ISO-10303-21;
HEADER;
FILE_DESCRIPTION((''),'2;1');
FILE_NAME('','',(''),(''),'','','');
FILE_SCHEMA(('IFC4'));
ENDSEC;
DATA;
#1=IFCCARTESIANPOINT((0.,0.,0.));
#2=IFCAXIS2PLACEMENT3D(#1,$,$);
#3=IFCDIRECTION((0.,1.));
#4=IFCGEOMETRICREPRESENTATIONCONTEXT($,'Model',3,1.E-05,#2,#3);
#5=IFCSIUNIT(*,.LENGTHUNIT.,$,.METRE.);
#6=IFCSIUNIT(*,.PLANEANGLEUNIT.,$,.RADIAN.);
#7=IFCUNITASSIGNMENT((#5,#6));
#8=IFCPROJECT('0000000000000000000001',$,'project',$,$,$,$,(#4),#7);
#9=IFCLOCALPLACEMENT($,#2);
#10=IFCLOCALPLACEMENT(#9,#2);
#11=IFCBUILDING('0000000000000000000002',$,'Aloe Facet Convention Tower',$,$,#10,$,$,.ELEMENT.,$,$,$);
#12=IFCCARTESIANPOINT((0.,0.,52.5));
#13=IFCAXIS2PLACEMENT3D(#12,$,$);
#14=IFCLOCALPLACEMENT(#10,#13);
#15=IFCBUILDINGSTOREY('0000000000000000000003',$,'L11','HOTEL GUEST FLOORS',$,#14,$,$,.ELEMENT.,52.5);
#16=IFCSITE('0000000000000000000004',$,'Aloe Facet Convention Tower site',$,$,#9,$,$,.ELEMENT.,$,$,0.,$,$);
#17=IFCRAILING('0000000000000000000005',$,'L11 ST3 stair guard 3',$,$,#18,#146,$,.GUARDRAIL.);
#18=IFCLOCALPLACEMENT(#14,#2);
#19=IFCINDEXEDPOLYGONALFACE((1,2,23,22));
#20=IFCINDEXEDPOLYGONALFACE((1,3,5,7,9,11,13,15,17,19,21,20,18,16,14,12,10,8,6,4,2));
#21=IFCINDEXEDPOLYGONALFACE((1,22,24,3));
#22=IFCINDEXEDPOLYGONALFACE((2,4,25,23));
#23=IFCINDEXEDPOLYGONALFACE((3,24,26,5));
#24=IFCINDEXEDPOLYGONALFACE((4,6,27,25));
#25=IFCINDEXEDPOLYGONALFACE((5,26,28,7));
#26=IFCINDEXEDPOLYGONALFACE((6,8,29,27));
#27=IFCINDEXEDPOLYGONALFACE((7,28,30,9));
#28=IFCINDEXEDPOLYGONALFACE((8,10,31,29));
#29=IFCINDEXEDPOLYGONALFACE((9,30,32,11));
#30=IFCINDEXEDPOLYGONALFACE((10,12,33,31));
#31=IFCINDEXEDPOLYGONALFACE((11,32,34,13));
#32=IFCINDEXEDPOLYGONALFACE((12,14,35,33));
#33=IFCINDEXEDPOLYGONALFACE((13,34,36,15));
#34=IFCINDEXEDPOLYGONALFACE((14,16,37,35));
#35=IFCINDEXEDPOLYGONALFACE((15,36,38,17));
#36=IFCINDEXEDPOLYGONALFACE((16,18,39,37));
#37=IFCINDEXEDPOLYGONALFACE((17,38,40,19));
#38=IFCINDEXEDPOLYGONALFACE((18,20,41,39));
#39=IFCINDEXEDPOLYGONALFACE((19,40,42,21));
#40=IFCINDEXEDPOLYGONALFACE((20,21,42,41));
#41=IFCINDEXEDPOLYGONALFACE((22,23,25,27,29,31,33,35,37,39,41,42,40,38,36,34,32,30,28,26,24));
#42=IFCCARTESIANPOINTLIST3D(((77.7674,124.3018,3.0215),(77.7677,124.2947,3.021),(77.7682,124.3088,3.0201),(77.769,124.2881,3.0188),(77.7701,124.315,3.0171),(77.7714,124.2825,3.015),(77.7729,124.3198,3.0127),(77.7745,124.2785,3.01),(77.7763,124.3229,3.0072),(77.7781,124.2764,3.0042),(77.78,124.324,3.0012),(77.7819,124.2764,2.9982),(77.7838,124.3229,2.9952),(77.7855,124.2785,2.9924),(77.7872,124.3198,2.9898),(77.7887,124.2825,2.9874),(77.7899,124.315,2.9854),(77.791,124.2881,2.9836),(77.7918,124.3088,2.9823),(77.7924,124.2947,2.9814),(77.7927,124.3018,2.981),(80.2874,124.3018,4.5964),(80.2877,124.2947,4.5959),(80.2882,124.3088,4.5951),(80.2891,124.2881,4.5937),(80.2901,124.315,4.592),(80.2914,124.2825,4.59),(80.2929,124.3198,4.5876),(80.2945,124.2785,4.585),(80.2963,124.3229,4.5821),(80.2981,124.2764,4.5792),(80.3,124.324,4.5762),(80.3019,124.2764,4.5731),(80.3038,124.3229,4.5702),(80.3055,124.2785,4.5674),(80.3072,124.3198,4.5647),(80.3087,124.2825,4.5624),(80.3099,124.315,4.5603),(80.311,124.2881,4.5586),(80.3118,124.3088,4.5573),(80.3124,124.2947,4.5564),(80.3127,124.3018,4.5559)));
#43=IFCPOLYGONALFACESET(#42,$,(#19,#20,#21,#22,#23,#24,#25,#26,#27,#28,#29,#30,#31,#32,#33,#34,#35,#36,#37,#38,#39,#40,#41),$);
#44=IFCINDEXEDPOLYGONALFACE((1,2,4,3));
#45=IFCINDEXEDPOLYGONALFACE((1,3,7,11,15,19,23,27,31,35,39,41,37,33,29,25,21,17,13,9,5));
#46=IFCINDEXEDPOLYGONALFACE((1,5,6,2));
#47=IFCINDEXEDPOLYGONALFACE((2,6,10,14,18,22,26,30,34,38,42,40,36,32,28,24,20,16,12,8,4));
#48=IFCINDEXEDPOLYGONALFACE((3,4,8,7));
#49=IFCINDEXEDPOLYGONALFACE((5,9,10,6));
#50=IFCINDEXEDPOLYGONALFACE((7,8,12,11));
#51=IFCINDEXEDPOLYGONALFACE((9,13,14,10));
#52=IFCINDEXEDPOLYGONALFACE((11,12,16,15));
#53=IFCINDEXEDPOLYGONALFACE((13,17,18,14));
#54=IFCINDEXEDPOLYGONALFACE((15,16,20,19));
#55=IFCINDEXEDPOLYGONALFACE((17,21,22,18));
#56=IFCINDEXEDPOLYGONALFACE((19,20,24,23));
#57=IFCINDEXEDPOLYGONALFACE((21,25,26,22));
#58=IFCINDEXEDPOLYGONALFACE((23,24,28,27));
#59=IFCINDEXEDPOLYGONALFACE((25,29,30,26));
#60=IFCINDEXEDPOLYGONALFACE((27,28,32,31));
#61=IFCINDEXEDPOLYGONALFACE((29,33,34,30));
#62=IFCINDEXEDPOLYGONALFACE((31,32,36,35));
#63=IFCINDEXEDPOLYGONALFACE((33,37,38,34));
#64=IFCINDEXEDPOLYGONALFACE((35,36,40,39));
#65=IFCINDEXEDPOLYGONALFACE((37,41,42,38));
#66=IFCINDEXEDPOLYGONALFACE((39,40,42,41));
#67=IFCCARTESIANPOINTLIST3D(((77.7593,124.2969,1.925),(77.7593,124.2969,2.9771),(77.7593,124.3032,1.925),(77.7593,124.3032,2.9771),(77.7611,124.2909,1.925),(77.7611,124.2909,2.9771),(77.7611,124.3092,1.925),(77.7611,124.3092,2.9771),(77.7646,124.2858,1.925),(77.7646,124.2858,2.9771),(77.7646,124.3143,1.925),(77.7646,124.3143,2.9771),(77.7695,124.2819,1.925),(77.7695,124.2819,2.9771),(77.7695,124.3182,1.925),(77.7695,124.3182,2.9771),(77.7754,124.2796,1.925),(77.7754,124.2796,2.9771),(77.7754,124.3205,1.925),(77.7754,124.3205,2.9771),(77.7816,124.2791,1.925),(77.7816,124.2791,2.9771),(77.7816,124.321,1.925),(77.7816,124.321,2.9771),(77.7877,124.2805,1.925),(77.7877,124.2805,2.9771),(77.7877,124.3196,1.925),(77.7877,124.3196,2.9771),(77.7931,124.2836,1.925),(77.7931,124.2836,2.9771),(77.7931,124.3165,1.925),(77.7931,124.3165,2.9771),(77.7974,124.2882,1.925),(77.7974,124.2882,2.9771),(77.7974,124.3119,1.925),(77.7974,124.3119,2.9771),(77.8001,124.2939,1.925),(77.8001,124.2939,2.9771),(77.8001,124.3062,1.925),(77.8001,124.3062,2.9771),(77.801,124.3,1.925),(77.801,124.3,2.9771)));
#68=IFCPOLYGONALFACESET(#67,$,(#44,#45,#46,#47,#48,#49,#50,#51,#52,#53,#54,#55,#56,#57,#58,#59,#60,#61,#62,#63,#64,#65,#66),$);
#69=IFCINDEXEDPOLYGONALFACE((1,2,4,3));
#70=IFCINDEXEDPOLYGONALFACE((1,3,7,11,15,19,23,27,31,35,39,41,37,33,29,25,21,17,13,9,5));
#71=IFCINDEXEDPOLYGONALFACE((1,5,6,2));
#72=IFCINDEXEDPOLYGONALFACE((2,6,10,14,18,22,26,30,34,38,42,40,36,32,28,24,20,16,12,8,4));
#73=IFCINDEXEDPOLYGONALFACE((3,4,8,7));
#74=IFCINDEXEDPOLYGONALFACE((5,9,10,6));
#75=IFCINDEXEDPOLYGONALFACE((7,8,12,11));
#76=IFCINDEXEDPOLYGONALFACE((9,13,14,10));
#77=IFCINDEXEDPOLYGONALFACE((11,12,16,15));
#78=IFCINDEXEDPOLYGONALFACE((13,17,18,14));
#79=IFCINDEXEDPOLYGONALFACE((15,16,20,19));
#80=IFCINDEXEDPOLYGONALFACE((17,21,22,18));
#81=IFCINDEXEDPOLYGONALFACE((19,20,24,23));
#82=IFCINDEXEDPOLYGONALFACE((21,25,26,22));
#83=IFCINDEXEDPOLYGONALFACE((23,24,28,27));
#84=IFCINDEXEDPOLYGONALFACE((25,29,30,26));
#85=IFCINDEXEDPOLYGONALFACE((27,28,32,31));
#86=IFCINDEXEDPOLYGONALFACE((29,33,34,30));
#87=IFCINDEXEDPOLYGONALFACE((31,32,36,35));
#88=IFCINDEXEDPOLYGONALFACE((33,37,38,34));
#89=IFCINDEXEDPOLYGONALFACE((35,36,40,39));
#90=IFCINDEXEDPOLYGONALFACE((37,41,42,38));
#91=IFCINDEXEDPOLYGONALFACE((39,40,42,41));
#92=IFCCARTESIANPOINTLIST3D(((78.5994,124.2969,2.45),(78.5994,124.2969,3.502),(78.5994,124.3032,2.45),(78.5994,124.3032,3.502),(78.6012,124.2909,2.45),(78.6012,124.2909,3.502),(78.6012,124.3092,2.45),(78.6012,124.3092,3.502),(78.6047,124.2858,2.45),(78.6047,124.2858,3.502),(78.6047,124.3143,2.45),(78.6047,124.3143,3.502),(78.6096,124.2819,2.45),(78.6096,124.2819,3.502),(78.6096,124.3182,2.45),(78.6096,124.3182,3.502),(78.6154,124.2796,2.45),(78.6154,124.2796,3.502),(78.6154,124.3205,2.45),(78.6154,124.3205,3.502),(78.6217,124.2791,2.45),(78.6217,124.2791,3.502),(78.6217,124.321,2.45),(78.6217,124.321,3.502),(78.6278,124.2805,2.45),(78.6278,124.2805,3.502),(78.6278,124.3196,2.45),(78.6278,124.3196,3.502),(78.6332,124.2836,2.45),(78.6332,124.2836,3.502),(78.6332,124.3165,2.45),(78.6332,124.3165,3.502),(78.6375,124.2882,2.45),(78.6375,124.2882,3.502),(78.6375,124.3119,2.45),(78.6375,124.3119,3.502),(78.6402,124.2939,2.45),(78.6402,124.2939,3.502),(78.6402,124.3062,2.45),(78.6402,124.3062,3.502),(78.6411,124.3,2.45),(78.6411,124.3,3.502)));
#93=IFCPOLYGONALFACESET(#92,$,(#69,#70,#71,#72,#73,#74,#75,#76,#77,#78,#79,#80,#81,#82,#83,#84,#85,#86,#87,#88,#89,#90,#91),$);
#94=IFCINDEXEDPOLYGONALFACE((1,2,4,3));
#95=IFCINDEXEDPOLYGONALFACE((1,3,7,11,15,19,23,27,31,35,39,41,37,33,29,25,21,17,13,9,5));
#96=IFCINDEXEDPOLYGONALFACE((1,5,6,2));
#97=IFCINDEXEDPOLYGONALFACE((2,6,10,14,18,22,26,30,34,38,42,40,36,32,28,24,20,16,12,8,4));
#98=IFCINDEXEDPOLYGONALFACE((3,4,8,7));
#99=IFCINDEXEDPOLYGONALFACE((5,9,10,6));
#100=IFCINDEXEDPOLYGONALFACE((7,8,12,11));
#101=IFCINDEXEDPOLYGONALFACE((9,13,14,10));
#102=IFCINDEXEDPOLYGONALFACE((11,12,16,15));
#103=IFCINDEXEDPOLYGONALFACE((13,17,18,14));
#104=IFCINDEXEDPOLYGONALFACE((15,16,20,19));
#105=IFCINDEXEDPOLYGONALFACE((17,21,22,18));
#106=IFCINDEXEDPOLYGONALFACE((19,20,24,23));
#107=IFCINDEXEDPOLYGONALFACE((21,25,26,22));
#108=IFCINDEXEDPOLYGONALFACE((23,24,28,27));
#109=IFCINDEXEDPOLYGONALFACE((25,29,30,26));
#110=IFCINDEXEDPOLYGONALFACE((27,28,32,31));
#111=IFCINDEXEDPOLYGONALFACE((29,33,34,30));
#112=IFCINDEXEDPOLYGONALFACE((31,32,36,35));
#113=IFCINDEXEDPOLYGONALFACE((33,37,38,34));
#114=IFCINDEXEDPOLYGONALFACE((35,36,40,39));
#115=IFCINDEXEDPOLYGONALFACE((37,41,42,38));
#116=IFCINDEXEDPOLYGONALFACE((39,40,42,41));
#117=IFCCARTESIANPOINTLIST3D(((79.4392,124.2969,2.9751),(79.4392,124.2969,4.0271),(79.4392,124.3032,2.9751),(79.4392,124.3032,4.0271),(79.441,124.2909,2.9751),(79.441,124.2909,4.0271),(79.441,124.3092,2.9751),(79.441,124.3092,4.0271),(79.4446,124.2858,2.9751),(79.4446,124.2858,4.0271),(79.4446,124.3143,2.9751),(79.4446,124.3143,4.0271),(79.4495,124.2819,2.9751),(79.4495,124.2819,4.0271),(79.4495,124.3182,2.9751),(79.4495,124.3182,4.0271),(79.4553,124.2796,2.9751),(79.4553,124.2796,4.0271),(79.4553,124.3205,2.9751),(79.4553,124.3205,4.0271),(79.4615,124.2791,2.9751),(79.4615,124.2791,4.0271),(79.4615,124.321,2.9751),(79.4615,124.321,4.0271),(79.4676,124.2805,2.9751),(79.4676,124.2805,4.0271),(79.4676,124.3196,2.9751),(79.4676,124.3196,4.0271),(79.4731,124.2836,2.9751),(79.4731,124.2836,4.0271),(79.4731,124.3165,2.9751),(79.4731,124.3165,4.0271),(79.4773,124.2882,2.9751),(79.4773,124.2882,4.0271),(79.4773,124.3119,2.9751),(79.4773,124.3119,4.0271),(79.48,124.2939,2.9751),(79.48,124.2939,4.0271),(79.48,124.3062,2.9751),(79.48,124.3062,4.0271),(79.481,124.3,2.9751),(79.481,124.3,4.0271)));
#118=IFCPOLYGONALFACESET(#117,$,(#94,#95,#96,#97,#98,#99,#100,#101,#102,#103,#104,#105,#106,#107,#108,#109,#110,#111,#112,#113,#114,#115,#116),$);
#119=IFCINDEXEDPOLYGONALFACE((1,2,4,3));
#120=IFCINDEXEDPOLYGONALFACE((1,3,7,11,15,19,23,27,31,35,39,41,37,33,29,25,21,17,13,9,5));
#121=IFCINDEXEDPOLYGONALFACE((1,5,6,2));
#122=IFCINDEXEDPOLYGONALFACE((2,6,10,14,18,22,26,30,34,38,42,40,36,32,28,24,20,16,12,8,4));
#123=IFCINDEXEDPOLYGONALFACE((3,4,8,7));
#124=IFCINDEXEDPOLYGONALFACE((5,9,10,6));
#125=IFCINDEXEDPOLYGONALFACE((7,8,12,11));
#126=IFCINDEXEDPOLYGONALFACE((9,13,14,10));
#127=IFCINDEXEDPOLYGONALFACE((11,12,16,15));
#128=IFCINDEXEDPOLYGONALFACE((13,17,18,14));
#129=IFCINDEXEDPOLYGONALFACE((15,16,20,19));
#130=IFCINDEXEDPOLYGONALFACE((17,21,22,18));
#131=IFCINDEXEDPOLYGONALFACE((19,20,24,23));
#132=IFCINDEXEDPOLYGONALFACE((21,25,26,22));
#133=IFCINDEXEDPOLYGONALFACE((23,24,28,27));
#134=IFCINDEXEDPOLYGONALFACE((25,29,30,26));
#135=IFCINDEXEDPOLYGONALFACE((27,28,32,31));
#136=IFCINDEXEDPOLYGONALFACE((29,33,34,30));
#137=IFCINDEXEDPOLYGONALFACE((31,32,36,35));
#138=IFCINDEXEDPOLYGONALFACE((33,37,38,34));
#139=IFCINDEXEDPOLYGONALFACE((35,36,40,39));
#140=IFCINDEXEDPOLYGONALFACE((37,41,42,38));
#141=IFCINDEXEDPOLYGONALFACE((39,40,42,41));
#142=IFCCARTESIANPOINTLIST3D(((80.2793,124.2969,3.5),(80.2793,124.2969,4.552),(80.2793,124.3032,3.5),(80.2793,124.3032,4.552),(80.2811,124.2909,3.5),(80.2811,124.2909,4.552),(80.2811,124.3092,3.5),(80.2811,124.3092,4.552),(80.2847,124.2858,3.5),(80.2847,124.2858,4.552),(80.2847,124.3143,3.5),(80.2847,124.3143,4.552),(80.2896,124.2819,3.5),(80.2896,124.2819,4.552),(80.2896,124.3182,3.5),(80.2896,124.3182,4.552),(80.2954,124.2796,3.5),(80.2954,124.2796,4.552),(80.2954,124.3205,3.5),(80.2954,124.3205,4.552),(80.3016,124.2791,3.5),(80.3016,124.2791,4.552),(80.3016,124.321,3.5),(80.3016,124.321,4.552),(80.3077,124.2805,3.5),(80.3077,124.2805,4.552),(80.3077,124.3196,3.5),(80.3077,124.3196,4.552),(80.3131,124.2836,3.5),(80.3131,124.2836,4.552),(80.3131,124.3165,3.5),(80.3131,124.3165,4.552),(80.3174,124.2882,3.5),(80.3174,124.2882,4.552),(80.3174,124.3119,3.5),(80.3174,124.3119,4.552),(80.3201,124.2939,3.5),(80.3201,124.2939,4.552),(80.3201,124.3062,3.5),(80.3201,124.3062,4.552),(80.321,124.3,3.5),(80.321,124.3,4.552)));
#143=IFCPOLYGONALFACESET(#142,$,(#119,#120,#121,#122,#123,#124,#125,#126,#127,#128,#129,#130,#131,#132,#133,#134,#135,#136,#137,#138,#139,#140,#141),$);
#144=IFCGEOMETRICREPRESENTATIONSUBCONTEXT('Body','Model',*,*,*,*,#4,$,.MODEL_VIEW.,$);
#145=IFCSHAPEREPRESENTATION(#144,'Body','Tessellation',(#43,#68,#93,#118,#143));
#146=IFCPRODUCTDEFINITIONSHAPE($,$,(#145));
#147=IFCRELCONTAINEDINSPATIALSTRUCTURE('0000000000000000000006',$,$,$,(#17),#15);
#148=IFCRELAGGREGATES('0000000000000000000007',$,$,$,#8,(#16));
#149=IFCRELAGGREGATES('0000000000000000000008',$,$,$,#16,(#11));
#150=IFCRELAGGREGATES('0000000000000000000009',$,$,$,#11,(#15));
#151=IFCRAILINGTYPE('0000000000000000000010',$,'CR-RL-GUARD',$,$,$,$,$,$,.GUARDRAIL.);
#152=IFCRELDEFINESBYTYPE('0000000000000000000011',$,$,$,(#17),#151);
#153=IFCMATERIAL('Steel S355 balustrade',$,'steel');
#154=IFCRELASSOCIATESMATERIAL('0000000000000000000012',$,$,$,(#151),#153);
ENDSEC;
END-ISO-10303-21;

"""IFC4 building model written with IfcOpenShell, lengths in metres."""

from ifc_helpers import new_model, si_unit, direction, frame, origin, origin_2d, place, context, subcontext, project, spatial, circle, extrude, material, type_object, element, save


model = new_model("IFC4")

# Units and contexts
model_context = context("Model", 3, precision=1e-05, world=origin(), true_north=direction((0.0, 1.0)))
body_context = subcontext(model_context, "Body", "Model", "MODEL_VIEW")
ifc_project = project(units=[si_unit("LENGTHUNIT", "METRE"), si_unit("PLANEANGLEUNIT", "RADIAN")], contexts=[model_context])

# Site, building, storey
site_placement = place(None, origin())
site = spatial("IfcSite", under=ifc_project, at=site_placement, Name="Aloe Facet Convention Tower site", CompositionType="ELEMENT", RefElevation=0.0)
building_placement = place(site_placement, origin())
building = spatial("IfcBuilding", under=site, at=building_placement, Name="Aloe Facet Convention Tower", CompositionType="ELEMENT")
storey_placement = place(building_placement, frame((0.0, 0.0, 52.5)))
storey = spatial("IfcBuildingStorey", under=building, at=storey_placement, Name="L11", Description="HOTEL GUEST FLOORS", CompositionType="ELEMENT", Elevation=52.5)

# Railing
ifc_material_1 = material(Name="Steel S355 balustrade", Category="steel")
railing_type_1 = type_object("IfcRailingType", Name="CR-RL-GUARD", PredefinedType="GUARDRAIL", material=ifc_material_1)
railing_1_placement = place(storey_placement, frame((77.78, 124.3, 1.925)))
element("IfcRailing", 1, at=railing_1_placement, inside=storey, type_object=railing_type_1, Name="L11 ST3 stair guard 3", PredefinedType="GUARDRAIL", context=body_context, shape_type="SweptSolid", body=[
    extrude(circle(Radius=0.0239, at=origin_2d()), frame((0.0, 0.0, 1.0762), z_axis=(0.848008, 0.0, 0.529984), x_axis=(0.0, 1.0, 0.0)), (0.0, 0.0, 1.0), 2.9717),
    extrude(circle(Radius=0.021, at=origin_2d()), origin(), (0.0, 0.0, 1.0), 1.052),
    extrude(circle(Radius=0.021, at=origin_2d()), frame((0.8401, 0.0, 0.5249)), (0.0, 0.0, 1.0), 1.052),
    extrude(circle(Radius=0.021, at=origin_2d()), frame((1.6799, 0.0, 1.05)), (0.0, 0.0, 1.0), 1.052),
    extrude(circle(Radius=0.021, at=origin_2d()), frame((2.52, 0.0, 1.575)), (0.0, 0.0, 1.0), 1.052),
])

save(model, "model.ifc")
